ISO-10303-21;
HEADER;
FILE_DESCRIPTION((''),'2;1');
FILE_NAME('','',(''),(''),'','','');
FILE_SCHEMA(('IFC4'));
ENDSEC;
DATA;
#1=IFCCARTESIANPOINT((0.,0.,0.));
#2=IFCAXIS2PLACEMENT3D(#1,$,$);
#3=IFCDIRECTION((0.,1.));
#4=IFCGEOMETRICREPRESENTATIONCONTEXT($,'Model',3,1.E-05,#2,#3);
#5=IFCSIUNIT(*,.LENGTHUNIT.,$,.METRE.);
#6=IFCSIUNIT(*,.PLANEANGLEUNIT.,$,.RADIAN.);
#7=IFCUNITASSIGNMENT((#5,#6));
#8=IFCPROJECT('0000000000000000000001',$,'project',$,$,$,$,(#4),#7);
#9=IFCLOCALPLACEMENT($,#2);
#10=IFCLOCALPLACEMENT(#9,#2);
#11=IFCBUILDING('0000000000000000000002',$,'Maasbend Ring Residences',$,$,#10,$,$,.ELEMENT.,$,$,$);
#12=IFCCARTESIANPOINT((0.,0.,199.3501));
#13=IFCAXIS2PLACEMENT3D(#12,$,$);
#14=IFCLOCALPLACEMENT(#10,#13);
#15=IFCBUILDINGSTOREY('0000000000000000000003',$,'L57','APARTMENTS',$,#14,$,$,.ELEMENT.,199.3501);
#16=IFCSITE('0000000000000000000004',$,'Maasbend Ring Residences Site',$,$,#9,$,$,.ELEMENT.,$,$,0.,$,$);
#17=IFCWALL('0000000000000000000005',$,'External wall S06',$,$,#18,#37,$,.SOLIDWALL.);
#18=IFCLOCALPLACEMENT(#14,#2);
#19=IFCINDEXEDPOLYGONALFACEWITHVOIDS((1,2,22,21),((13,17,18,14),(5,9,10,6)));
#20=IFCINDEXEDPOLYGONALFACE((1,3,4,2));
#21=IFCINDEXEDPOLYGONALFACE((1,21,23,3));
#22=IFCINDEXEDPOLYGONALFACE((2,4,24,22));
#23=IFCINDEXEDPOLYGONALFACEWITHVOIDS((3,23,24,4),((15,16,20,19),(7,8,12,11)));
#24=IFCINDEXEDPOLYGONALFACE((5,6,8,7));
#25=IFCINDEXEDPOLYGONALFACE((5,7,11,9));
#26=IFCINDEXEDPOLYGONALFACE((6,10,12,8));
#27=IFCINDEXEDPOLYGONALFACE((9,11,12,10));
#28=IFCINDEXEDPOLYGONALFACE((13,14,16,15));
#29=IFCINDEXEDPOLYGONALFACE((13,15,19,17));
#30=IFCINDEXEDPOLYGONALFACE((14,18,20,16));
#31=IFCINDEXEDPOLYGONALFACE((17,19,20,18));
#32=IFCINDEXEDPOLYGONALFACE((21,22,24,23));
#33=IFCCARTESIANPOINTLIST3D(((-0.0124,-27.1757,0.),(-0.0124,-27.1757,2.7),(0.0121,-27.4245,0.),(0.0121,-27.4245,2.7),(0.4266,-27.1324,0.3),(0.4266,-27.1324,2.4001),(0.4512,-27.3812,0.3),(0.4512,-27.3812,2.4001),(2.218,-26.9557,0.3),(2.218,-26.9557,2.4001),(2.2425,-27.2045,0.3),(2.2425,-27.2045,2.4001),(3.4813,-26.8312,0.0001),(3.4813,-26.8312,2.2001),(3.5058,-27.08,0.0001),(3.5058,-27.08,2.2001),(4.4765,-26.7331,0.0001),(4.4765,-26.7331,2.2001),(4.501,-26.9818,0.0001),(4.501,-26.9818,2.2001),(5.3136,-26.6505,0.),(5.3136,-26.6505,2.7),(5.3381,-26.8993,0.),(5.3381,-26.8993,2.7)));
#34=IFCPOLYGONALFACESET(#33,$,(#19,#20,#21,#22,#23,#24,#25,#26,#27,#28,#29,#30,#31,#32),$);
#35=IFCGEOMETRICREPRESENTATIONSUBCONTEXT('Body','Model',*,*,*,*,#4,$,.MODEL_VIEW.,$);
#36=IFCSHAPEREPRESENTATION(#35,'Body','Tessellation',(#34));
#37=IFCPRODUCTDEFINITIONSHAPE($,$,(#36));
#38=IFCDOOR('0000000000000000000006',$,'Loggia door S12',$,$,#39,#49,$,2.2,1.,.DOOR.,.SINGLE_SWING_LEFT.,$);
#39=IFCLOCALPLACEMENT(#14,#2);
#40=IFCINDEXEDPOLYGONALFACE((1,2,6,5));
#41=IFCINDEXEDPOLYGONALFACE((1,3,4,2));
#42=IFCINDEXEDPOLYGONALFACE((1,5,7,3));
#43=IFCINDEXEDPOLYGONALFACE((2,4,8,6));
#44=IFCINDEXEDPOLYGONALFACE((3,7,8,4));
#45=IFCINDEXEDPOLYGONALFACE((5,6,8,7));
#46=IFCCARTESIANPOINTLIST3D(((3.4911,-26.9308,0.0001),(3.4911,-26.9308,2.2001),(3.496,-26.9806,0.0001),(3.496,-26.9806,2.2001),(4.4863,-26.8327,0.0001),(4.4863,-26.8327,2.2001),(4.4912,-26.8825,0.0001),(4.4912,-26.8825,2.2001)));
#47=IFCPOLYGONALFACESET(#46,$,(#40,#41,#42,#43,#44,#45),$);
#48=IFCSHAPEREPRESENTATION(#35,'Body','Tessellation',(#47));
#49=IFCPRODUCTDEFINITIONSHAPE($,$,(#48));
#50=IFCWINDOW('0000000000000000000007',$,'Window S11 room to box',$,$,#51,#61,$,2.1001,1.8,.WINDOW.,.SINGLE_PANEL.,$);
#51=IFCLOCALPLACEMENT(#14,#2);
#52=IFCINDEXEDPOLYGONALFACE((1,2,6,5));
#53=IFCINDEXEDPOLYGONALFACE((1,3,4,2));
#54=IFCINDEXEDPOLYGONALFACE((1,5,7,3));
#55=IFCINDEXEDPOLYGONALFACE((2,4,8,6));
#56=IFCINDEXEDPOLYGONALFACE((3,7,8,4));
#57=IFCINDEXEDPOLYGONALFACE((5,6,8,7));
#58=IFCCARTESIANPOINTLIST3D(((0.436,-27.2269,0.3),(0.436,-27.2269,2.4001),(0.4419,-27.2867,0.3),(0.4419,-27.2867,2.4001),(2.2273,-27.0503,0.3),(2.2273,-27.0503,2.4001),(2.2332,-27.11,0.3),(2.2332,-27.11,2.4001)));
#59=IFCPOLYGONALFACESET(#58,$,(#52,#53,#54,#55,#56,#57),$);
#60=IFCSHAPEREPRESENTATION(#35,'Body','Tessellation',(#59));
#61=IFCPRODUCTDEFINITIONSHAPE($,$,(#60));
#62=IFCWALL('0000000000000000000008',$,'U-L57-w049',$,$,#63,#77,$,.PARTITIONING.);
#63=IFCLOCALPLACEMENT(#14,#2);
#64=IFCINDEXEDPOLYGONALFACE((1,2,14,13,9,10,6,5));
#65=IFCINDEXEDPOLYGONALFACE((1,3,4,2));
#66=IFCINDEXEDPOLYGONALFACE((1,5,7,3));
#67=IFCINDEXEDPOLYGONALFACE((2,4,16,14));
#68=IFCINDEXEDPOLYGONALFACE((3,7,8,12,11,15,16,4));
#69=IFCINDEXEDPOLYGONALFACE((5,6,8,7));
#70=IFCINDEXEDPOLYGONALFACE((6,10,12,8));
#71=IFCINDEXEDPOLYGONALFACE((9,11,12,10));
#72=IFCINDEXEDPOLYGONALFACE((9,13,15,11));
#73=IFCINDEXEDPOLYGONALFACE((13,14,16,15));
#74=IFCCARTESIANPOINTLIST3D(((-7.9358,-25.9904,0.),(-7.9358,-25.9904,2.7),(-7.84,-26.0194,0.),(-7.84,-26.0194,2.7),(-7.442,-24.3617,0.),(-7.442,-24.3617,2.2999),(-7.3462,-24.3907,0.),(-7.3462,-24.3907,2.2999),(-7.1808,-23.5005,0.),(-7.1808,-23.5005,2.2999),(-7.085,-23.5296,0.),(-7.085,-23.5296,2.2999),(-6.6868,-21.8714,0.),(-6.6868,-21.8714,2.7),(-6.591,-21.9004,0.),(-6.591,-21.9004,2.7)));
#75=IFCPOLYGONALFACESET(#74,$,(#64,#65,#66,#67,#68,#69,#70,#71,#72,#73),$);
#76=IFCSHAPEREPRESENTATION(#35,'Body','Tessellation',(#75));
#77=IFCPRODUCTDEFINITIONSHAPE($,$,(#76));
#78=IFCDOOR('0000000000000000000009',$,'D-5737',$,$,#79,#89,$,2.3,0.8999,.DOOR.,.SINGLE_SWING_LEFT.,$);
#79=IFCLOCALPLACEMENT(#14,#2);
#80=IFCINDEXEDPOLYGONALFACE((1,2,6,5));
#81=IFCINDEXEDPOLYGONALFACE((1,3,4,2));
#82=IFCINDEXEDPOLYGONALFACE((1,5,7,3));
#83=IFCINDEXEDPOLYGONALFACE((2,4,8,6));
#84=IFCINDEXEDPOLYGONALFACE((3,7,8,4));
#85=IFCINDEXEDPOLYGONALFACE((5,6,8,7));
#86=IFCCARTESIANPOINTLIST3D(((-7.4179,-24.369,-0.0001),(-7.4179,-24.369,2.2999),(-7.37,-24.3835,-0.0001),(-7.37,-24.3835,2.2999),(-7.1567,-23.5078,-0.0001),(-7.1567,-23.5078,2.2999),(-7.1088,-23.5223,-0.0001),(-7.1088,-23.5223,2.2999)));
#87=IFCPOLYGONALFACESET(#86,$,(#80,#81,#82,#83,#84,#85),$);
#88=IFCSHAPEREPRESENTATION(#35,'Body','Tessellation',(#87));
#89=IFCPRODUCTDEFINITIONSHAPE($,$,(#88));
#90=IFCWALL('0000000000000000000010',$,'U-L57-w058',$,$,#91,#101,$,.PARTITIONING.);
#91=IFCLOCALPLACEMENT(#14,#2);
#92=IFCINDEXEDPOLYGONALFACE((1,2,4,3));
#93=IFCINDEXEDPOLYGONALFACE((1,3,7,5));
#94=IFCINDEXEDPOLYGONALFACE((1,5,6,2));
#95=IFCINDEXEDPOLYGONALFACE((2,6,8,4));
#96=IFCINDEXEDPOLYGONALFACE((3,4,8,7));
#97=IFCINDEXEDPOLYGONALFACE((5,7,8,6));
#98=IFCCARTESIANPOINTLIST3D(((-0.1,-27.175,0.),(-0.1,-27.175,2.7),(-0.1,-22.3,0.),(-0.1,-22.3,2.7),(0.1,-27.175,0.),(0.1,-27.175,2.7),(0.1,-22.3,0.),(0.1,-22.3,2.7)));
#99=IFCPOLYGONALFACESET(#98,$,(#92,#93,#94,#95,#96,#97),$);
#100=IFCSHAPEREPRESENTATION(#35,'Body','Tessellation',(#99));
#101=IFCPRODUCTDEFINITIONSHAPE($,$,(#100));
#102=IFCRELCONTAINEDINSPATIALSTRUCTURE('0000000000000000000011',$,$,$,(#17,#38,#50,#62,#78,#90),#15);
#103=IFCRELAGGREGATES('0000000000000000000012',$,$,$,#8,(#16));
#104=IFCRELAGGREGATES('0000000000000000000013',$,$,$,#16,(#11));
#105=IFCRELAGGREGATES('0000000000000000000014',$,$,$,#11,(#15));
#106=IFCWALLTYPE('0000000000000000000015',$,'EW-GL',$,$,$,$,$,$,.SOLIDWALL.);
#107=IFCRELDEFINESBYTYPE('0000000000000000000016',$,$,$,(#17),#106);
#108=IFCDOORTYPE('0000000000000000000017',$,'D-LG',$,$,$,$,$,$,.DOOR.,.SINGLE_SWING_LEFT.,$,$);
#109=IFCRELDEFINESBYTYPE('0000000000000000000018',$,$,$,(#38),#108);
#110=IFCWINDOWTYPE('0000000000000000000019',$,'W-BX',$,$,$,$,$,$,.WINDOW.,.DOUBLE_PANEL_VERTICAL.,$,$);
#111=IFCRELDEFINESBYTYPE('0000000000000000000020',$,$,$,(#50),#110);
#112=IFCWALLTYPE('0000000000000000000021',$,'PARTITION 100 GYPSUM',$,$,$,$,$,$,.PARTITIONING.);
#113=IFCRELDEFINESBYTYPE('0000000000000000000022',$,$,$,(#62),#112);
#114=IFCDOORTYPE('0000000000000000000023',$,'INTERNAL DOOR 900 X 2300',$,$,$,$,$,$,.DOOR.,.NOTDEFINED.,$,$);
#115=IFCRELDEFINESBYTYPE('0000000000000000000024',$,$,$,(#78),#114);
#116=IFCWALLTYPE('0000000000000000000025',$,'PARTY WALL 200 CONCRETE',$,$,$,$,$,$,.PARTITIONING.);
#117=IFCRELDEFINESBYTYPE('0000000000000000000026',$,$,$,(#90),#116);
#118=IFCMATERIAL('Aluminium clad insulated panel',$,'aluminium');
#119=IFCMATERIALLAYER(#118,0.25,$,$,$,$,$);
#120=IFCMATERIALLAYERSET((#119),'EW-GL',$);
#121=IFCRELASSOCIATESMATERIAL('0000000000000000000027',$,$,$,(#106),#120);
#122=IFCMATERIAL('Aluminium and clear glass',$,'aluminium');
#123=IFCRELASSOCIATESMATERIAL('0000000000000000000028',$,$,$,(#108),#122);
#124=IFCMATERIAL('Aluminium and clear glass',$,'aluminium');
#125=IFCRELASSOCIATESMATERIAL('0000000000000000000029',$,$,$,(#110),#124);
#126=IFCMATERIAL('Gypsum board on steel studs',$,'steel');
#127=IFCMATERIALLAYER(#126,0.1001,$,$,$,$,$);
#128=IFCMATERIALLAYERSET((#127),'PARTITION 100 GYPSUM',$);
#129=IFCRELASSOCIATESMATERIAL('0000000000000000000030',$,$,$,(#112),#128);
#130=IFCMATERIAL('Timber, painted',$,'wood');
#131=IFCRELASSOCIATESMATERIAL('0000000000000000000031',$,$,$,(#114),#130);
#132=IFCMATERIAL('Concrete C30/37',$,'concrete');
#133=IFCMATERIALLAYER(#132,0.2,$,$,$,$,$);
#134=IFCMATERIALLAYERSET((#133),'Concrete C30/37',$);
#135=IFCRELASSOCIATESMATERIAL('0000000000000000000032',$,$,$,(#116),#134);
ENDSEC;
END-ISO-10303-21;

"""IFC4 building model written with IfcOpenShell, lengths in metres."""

from ifc_helpers import new_model, si_unit, direction, frame, frame_2d, origin, place, context, subcontext, project, spatial, rectangle, extrude, material, layer, layer_set, type_object, element, fill, save


model = new_model("IFC4")

# Units and contexts
model_context = context("Model", 3, precision=1e-05, world=origin(), true_north=direction((0.0, 1.0)))
body_context = subcontext(model_context, "Body", "Model", "MODEL_VIEW")
ifc_project = project(units=[si_unit("LENGTHUNIT", "METRE"), si_unit("PLANEANGLEUNIT", "RADIAN")], contexts=[model_context])

# Site, building, storey
site_placement = place(None, origin())
site = spatial("IfcSite", under=ifc_project, at=site_placement, Name="Maasbend Ring Residences Site", CompositionType="ELEMENT", RefElevation=0.0)
building_placement = place(site_placement, origin())
building = spatial("IfcBuilding", under=site, at=building_placement, Name="Maasbend Ring Residences", CompositionType="ELEMENT")
storey_placement = place(building_placement, frame((0.0, 0.0, 199.3501)))
storey = spatial("IfcBuildingStorey", under=building, at=storey_placement, Name="L57", Description="APARTMENTS", CompositionType="ELEMENT", Elevation=199.3501)

# Wall, openings, door, window
ifc_material_1 = material(Name="Aluminium clad insulated panel", Category="aluminium")
ifc_layer_1 = layer(ifc_material_1, 0.25)
ifc_layer_set_1 = layer_set([ifc_layer_1], Name="EW-GL")
wall_type_1 = type_object("IfcWallType", Name="EW-GL", PredefinedType="SOLIDWALL", material=ifc_layer_set_1)
ifc_material_2 = material(Name="Aluminium and clear glass", Category="aluminium")
door_type_1 = type_object("IfcDoorType", Name="D-LG", OperationType="SINGLE_SWING_LEFT", PredefinedType="DOOR", material=ifc_material_2)
ifc_material_3 = material(Name="Aluminium and clear glass", Category="aluminium")
window_type_1 = type_object("IfcWindowType", Name="W-BX", PartitioningType="DOUBLE_PANEL_VERTICAL", PredefinedType="WINDOW", material=ifc_material_3)
wall_1_placement = place(storey_placement, frame((0.0, -27.3, 0.0), z_axis=(0.0, 0.0, 1.0), x_axis=(0.995174, 0.098126, 0.0)))
wall_1 = element("IfcWall", 1, at=wall_1_placement, inside=storey, type_object=wall_type_1, Name="External wall S06", PredefinedType="SOLIDWALL", context=body_context, shape_type="SweptSolid", body=[
    extrude(rectangle(XDim=5.3518, YDim=0.25, at=frame_2d((2.6758, 0.0))), origin(), (0.0, 0.0, 1.0), 2.7),
])
opening_1_placement = place(wall_1_placement, frame((0.4412, 0.0, 0.3)))
opening_1 = element("IfcOpeningElement", 2, at=opening_1_placement, cuts=wall_1, PredefinedType="OPENING", context=body_context, shape_type="SweptSolid", body=[
    extrude(rectangle(XDim=1.8, YDim=2.1001, at=frame_2d((0.8999, 1.05))), frame((0.0, 0.135, 0.0), z_axis=(0.0, -1.0, 0.0), x_axis=(1.0, 0.0, 0.0)), (0.0, 0.0, 1.0), 0.27),
])
opening_2_placement = place(wall_1_placement, frame((3.5105, 0.0, 0.0)))
opening_2 = element("IfcOpeningElement", 3, at=opening_2_placement, cuts=wall_1, PredefinedType="OPENING", context=body_context, shape_type="SweptSolid", body=[
    extrude(rectangle(XDim=1.0, YDim=2.2, at=frame_2d((0.5, 1.1001))), frame((0.0, 0.135, 0.0), z_axis=(0.0, -1.0, 0.0), x_axis=(1.0, 0.0, 0.0)), (0.0, 0.0, 1.0), 0.27),
])
door_1_placement = place(opening_2_placement, origin())
door_1 = element("IfcDoor", 4, at=door_1_placement, inside=storey, type_object=door_type_1, Name="Loggia door S12", OperationType="SINGLE_SWING_LEFT", OverallHeight=2.2, OverallWidth=1.0, PredefinedType="DOOR", context=body_context, shape_type="SweptSolid", body=[
    extrude(rectangle(XDim=1.0, YDim=2.2, at=frame_2d((0.5, 1.1001))), frame((0.0, 0.0249, 0.0), z_axis=(0.0, -1.0, 0.0), x_axis=(1.0, 0.0, 0.0)), (0.0, 0.0, 1.0), 0.05),
])
fill(opening_2, door_1)
window_1_placement = place(opening_1_placement, origin())
window_1 = element("IfcWindow", 5, at=window_1_placement, inside=storey, type_object=window_type_1, Name="Window S11 room to box", OverallHeight=2.1001, OverallWidth=1.8, PartitioningType="SINGLE_PANEL", PredefinedType="WINDOW", context=body_context, shape_type="SweptSolid", body=[
    extrude(rectangle(XDim=1.8, YDim=2.1001, at=frame_2d((0.8999, 1.05))), frame((0.0, 0.03, 0.0), z_axis=(0.0, -1.0, 0.0), x_axis=(1.0, 0.0, 0.0)), (0.0, 0.0, 1.0), 0.0601),
])
fill(opening_1, window_1)

# Wall, opening, door
ifc_material_4 = material(Name="Gypsum board on steel studs", Category="steel")
ifc_layer_2 = layer(ifc_material_4, 0.1001)
ifc_layer_set_2 = layer_set([ifc_layer_2], Name="PARTITION 100 GYPSUM")
wall_type_2 = type_object("IfcWallType", Name="PARTITION 100 GYPSUM", PredefinedType="PARTITIONING", material=ifc_layer_set_2)
wall_2_placement = place(storey_placement, frame((-7.8879, -26.0049, 0.0), z_axis=(0.0, 0.0, 1.0), x_axis=(0.290193, 0.956968, 0.0)))
wall_2 = element("IfcWall", 6, at=wall_2_placement, inside=storey, type_object=wall_type_2, Name="U-L57-w049", PredefinedType="PARTITIONING", context=body_context, shape_type="SweptSolid", body=[
    extrude(rectangle(XDim=4.3042, YDim=0.1001, at=frame_2d((2.1521, 0.0))), origin(), (0.0, 0.0, 1.0), 2.7),
])
opening_3_placement = place(wall_2_placement, frame((1.7019, 0.0, 0.0)))
opening_3 = element("IfcOpeningElement", 7, at=opening_3_placement, cuts=wall_2, PredefinedType="OPENING", context=body_context, shape_type="SweptSolid", body=[
    extrude(rectangle(XDim=0.8999, YDim=2.3, at=frame_2d((0.45, 1.1499))), frame((0.0, 0.0601, 0.0), z_axis=(0.0, -1.0, 0.0), x_axis=(1.0, 0.0, 0.0)), (0.0, 0.0, 1.0), 0.1201),
])
ifc_material_5 = material(Name="Timber, painted", Category="wood")
door_type_2 = type_object("IfcDoorType", Name="INTERNAL DOOR 900 X 2300", OperationType="NOTDEFINED", PredefinedType="DOOR", material=ifc_material_5)
door_2_placement = place(opening_3_placement, origin())
door_2 = element("IfcDoor", 8, at=door_2_placement, inside=storey, type_object=door_type_2, Name="D-5737", OperationType="SINGLE_SWING_LEFT", OverallHeight=2.3, OverallWidth=0.8999, PredefinedType="DOOR", context=body_context, shape_type="SweptSolid", body=[
    extrude(rectangle(XDim=0.8999, YDim=2.3, at=frame_2d((0.45, 1.1499))), frame((0.0, 0.0249, 0.0), z_axis=(0.0, -1.0, 0.0), x_axis=(1.0, 0.0, 0.0)), (0.0, 0.0, 1.0), 0.05),
])
fill(opening_3, door_2)

# Wall
ifc_material_6 = material(Name="Concrete C30/37", Category="concrete")
ifc_layer_3 = layer(ifc_material_6, 0.2)
ifc_layer_set_3 = layer_set([ifc_layer_3], Name="Concrete C30/37")
wall_type_3 = type_object("IfcWallType", Name="PARTY WALL 200 CONCRETE", PredefinedType="PARTITIONING", material=ifc_layer_set_3)
wall_3_placement = place(storey_placement, frame((0.0, -27.175, 0.0), z_axis=(0.0, 0.0, 1.0), x_axis=(0.0, 1.0, 0.0)))
element("IfcWall", 9, at=wall_3_placement, inside=storey, type_object=wall_type_3, Name="U-L57-w058", PredefinedType="PARTITIONING", context=body_context, shape_type="SweptSolid", body=[
    extrude(rectangle(XDim=4.875, YDim=0.2, at=frame_2d((2.4375, 0.0))), origin(), (0.0, 0.0, 1.0), 2.7),
])

save(model, "model.ifc")
